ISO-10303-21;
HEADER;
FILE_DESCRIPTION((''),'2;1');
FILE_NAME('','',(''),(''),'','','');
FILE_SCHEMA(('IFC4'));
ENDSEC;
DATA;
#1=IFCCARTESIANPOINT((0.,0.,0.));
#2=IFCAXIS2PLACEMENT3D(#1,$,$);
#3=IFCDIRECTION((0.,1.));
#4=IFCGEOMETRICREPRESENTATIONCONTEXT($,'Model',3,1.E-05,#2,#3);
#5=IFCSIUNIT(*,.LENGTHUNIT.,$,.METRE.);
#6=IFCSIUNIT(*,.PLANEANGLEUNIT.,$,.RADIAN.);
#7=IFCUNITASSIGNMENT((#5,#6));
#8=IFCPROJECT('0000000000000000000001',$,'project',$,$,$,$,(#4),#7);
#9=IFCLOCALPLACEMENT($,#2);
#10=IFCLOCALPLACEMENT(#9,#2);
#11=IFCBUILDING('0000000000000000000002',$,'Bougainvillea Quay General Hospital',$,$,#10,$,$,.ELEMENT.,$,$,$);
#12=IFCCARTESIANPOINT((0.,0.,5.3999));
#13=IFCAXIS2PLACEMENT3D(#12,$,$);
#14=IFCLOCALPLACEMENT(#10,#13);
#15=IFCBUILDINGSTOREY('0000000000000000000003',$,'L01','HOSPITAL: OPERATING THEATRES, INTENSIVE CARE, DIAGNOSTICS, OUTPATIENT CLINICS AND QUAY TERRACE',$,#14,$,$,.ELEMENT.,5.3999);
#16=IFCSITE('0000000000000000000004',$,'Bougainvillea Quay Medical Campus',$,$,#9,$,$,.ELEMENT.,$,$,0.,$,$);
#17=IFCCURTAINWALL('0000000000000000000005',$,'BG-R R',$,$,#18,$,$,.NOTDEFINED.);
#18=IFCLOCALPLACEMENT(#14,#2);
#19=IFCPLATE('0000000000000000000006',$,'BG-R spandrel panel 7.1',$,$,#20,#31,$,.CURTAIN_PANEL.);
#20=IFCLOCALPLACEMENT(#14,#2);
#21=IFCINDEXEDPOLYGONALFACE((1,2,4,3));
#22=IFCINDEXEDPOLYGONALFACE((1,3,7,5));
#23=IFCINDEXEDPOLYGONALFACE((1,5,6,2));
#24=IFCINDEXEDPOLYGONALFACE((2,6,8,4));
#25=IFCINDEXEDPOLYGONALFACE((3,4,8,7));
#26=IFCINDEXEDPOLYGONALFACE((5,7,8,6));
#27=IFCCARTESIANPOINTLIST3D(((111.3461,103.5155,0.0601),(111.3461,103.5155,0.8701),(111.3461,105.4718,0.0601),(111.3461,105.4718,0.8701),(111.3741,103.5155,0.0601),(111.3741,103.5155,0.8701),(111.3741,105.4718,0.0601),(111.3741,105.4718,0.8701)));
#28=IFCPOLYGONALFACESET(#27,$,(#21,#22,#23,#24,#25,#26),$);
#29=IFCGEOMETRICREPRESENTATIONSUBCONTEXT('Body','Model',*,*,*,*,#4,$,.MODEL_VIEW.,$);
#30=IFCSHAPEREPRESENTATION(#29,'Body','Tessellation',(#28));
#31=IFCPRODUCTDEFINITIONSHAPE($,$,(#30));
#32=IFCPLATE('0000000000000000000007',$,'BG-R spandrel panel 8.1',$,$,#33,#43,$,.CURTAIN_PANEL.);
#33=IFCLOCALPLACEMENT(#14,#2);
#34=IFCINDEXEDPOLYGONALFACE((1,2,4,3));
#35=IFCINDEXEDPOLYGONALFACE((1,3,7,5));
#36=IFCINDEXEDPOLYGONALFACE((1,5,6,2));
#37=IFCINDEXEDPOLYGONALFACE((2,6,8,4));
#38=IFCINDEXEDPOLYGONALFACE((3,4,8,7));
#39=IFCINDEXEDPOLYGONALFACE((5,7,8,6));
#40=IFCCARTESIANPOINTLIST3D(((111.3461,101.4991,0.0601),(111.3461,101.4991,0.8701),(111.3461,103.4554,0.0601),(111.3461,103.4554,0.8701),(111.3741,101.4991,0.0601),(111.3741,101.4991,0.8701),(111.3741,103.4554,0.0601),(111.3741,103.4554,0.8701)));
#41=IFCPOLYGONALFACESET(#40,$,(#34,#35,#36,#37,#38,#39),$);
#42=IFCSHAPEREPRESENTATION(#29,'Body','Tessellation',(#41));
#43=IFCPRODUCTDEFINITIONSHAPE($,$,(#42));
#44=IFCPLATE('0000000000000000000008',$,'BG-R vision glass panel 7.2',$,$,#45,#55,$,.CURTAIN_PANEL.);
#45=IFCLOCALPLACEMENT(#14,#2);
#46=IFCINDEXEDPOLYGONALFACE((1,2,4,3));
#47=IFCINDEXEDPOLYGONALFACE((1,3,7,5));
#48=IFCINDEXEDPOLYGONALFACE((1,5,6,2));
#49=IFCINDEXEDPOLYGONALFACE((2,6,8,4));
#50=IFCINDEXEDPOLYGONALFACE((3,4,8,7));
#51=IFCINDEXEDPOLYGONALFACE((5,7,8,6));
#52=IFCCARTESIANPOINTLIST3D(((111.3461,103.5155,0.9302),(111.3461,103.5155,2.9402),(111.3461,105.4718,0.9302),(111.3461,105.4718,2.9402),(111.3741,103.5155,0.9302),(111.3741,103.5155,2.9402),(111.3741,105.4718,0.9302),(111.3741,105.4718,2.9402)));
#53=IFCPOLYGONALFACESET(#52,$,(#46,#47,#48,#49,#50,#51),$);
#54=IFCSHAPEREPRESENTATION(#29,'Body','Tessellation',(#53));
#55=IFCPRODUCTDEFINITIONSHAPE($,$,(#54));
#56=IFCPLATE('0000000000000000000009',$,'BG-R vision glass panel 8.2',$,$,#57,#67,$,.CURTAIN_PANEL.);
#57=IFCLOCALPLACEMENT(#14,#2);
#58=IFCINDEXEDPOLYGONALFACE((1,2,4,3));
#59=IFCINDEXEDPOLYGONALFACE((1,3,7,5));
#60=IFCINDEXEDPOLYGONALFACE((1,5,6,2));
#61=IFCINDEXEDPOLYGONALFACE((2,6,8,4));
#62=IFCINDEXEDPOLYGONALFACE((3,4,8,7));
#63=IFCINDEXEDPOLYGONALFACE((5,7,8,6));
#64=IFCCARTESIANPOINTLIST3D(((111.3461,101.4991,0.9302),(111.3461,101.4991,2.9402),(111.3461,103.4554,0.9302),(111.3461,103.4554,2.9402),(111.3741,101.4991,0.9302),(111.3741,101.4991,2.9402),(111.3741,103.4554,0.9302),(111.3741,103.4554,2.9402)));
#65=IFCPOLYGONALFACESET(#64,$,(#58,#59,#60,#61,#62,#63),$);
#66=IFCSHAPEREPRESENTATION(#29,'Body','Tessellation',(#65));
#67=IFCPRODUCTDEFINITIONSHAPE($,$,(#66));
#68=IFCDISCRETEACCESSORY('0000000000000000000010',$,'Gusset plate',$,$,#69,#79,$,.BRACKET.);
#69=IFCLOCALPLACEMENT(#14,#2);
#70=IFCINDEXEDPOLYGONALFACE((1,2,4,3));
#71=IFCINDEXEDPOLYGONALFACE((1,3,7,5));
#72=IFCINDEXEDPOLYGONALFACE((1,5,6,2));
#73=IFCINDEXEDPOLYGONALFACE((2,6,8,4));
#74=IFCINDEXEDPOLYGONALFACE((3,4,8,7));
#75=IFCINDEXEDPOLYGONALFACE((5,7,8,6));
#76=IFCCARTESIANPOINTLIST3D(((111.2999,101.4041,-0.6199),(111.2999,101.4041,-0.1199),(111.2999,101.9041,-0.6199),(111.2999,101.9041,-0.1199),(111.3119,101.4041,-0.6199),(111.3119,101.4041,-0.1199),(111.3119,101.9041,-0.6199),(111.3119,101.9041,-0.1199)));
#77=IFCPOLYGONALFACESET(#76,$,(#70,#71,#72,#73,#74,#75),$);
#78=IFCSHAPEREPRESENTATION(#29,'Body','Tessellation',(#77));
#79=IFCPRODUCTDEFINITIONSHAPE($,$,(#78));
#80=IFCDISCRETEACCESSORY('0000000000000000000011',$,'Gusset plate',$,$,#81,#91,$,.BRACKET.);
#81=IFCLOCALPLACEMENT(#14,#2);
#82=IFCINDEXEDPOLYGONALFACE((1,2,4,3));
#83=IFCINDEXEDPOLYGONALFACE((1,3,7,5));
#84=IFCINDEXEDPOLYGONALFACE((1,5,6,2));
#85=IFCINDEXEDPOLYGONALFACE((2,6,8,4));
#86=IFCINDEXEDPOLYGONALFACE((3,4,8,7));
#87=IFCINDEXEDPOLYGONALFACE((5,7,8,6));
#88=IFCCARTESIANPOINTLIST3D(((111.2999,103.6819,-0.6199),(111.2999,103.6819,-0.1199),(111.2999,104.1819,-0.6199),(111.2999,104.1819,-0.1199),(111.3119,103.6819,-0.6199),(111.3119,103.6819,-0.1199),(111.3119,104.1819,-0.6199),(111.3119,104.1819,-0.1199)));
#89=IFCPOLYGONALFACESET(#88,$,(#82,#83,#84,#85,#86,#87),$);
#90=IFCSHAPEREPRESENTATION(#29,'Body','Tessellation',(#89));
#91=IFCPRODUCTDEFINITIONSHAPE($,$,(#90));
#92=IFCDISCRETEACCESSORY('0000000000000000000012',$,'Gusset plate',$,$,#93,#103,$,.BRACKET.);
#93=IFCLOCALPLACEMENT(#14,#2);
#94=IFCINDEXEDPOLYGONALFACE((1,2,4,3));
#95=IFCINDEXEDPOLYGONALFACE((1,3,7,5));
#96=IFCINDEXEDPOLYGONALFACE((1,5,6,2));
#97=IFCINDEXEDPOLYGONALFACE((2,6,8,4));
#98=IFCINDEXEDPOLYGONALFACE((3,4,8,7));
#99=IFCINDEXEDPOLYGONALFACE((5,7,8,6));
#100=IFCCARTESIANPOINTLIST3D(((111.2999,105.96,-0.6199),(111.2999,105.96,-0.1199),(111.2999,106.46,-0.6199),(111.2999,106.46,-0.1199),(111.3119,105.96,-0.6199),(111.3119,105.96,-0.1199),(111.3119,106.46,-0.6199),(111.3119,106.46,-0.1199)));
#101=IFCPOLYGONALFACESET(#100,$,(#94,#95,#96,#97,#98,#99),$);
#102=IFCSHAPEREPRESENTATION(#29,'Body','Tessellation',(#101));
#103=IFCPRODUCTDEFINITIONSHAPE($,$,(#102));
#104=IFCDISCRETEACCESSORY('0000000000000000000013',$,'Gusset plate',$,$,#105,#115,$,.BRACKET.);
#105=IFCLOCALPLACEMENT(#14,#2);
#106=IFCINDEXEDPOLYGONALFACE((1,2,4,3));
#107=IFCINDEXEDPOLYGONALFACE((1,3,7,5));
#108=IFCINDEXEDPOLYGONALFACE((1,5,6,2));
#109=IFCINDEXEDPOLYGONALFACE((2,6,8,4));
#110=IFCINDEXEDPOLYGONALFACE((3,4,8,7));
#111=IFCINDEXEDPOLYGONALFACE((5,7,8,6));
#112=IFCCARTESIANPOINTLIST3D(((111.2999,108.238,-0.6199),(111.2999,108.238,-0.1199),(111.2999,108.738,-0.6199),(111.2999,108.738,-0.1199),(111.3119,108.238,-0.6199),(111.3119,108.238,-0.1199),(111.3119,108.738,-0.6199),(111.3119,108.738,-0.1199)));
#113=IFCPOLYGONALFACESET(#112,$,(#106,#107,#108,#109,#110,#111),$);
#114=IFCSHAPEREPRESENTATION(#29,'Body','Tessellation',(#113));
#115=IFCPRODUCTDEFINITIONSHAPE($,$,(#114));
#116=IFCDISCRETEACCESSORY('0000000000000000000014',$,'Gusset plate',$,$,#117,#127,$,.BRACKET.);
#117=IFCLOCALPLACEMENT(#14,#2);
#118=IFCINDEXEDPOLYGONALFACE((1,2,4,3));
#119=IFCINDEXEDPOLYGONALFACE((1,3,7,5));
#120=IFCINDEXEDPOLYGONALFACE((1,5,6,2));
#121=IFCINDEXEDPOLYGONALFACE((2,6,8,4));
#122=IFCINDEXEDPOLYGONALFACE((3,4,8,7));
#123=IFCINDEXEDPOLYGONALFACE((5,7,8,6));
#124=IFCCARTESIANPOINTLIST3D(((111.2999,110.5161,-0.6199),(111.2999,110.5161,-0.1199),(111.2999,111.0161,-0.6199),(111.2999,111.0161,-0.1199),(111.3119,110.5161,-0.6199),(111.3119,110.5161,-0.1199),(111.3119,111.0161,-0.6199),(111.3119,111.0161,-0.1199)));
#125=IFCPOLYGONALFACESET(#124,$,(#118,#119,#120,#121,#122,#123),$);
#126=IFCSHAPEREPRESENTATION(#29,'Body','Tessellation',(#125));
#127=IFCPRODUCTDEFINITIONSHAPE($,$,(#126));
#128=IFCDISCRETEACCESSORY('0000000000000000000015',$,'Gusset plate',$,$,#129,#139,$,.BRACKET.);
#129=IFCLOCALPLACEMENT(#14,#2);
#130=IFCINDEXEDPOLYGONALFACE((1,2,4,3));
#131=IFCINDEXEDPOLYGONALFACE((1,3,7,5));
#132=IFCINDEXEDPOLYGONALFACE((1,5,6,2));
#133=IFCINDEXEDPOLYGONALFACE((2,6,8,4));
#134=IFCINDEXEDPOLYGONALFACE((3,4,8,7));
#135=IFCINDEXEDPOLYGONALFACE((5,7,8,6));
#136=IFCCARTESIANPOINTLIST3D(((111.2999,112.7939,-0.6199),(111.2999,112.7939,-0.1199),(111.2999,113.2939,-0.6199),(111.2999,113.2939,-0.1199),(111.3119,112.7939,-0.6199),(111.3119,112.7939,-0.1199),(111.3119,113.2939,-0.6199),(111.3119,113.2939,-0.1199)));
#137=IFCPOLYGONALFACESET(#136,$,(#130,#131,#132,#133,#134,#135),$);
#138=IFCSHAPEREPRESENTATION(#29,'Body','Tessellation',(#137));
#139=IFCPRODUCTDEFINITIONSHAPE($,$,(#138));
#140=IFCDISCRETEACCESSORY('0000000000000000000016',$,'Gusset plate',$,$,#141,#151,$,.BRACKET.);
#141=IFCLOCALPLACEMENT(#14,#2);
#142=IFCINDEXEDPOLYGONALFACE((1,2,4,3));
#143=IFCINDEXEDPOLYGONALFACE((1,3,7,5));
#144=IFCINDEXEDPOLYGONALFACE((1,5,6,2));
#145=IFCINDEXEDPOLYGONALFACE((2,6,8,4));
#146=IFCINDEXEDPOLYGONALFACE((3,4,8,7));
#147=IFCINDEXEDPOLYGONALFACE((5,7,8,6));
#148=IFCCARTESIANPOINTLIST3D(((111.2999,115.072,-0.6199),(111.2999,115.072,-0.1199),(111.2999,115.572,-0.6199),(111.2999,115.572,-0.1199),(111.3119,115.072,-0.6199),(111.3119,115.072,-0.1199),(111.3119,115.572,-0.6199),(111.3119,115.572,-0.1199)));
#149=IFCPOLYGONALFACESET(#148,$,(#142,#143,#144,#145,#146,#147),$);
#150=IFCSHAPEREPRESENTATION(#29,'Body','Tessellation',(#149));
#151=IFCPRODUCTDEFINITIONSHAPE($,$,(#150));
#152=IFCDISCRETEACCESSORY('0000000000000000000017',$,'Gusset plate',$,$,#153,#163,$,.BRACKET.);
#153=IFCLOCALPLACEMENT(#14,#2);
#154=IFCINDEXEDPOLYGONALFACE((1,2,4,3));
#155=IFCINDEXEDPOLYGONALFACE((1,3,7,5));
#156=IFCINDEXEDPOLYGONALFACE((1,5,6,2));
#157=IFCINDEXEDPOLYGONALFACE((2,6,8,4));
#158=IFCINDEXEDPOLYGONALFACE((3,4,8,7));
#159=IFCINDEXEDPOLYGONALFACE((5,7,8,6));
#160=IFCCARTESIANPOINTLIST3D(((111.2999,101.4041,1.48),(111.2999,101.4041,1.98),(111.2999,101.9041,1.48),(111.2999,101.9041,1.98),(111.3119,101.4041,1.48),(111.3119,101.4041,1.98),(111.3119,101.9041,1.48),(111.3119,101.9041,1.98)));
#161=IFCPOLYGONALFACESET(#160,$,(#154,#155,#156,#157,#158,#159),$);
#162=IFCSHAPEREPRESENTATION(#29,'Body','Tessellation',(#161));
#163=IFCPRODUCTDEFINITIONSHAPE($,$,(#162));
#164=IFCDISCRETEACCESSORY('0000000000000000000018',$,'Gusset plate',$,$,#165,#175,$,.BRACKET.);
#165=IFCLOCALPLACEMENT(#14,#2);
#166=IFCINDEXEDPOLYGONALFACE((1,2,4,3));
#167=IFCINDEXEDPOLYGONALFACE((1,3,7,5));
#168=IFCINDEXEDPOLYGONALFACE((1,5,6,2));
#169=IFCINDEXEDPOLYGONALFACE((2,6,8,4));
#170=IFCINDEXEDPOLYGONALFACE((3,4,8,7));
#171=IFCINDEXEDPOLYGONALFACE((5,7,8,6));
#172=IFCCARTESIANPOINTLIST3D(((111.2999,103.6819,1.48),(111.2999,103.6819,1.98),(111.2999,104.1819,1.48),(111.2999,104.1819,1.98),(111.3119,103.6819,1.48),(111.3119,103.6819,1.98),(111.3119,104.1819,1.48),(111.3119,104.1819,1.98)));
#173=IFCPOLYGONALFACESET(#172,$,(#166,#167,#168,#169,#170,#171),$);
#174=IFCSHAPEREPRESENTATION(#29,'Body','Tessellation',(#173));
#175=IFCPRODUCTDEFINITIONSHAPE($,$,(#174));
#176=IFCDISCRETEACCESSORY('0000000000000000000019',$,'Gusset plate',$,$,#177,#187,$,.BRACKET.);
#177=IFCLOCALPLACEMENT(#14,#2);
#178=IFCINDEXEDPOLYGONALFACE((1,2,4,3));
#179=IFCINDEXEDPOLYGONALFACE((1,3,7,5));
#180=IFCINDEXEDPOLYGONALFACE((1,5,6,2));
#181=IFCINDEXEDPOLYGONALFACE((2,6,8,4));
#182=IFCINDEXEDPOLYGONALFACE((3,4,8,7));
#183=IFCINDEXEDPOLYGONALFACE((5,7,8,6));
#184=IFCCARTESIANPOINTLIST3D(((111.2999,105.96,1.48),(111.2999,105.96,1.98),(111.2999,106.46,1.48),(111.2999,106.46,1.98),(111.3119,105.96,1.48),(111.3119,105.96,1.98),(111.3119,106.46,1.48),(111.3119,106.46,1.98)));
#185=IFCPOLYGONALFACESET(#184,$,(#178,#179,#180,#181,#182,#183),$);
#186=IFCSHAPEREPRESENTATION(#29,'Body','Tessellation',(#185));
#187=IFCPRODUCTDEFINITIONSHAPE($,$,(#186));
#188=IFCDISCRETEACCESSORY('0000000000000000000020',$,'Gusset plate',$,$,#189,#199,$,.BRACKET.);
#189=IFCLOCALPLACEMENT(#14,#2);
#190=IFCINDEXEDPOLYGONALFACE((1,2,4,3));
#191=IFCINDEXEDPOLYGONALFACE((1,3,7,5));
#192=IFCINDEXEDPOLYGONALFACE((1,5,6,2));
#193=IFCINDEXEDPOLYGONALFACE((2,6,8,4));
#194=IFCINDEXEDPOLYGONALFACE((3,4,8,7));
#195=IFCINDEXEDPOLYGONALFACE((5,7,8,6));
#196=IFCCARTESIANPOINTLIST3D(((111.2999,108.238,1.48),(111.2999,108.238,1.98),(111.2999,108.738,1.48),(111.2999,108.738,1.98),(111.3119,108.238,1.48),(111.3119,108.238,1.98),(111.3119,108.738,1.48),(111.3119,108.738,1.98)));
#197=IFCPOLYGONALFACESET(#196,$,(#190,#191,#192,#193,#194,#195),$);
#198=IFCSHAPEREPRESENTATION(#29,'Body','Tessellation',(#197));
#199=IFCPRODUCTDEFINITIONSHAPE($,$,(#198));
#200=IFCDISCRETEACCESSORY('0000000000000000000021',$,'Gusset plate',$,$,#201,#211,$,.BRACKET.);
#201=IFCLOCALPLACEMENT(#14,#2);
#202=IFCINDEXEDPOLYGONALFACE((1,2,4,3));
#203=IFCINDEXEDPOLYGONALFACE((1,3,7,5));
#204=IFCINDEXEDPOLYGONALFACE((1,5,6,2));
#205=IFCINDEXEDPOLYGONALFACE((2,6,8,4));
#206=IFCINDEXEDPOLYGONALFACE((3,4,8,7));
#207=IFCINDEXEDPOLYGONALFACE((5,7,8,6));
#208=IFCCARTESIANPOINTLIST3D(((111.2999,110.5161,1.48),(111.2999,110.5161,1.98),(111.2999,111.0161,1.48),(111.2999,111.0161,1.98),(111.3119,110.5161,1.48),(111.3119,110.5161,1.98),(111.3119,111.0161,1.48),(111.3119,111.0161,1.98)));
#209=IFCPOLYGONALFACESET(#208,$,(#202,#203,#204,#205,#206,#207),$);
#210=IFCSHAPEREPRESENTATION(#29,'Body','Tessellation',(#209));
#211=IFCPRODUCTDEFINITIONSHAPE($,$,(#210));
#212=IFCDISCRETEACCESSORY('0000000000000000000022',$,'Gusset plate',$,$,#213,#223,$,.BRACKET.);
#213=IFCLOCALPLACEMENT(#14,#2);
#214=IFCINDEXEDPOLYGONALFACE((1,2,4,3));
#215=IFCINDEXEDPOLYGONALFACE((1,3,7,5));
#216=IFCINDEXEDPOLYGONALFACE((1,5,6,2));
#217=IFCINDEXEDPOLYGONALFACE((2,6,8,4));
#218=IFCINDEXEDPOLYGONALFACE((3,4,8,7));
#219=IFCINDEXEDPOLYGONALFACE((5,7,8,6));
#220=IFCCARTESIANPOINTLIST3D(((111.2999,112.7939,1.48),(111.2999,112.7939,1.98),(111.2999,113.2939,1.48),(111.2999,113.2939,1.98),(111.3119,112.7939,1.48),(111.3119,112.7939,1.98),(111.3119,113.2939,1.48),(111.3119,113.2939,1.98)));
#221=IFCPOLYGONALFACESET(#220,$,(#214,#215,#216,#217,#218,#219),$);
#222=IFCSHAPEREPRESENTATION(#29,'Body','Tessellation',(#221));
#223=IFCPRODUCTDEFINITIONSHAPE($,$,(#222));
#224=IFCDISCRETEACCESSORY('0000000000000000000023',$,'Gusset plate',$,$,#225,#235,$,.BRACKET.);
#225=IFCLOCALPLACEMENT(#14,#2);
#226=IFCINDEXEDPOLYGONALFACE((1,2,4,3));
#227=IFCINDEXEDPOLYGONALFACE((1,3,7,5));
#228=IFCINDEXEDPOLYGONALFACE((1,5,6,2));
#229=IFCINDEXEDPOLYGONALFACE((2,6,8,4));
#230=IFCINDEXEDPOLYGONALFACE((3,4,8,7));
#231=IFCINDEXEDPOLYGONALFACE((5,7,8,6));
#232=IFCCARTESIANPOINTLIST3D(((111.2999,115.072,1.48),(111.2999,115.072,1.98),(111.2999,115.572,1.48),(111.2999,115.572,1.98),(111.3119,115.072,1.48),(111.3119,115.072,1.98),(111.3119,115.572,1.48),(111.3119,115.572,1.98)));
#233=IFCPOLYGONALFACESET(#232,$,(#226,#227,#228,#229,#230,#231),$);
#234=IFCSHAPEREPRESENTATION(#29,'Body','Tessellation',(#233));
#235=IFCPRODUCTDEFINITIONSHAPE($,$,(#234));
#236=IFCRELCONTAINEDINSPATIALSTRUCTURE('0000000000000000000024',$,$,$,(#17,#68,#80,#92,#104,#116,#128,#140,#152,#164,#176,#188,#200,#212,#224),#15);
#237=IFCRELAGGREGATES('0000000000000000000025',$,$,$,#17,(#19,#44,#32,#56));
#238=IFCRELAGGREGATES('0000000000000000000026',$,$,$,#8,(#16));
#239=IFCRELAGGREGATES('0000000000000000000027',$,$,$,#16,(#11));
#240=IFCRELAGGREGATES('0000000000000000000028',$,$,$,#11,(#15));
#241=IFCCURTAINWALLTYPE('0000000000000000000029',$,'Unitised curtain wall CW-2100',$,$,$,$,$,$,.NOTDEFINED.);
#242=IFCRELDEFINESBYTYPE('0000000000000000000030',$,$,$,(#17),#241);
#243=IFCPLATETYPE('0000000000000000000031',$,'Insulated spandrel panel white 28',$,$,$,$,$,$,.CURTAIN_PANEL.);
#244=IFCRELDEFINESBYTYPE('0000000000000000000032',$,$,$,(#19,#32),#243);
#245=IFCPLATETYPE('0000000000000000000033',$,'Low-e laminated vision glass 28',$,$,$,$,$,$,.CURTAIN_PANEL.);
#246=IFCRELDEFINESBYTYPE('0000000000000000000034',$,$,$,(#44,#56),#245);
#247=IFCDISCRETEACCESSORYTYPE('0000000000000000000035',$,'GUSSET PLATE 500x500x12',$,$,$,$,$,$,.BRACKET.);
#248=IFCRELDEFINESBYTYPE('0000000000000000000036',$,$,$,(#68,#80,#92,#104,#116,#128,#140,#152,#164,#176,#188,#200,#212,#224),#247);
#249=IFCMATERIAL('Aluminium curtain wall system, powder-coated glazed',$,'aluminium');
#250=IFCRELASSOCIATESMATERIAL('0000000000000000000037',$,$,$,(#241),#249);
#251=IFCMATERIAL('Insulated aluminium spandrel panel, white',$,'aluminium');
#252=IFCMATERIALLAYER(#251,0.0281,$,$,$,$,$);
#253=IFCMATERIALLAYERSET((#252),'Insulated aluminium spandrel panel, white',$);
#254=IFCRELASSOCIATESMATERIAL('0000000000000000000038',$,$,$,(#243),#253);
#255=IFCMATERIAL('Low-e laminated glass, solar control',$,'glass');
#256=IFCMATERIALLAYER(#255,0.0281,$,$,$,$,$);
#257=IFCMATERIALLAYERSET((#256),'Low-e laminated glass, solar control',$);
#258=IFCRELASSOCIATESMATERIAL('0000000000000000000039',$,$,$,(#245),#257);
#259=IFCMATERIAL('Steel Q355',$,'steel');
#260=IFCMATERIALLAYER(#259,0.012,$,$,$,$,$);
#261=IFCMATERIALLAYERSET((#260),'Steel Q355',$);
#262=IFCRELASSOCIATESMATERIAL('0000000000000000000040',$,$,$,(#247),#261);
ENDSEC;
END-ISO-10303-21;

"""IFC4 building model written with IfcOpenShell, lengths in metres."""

from ifc_helpers import new_model, si_unit, direction, frame, origin, origin_2d, place, context, subcontext, project, spatial, rectangle, extrude, material, layer, layer_set, type_object, element, aggregate, save


model = new_model("IFC4")

# Units and contexts
model_context = context("Model", 3, precision=1e-05, world=origin(), true_north=direction((0.0, 1.0)))
body_context = subcontext(model_context, "Body", "Model", "MODEL_VIEW")
ifc_project = project(units=[si_unit("LENGTHUNIT", "METRE"), si_unit("PLANEANGLEUNIT", "RADIAN")], contexts=[model_context])

# Site, building, storey
site_placement = place(None, origin())
site = spatial("IfcSite", under=ifc_project, at=site_placement, Name="Bougainvillea Quay Medical Campus", CompositionType="ELEMENT", RefElevation=0.0)
building_placement = place(site_placement, origin())
building = spatial("IfcBuilding", under=site, at=building_placement, Name="Bougainvillea Quay General Hospital", CompositionType="ELEMENT")
storey_placement = place(building_placement, frame((0.0, 0.0, 5.3999)))
storey = spatial("IfcBuildingStorey", under=building, at=storey_placement, Name="L01", Description="HOSPITAL: OPERATING THEATRES, INTENSIVE CARE, DIAGNOSTICS, OUTPATIENT CLINICS AND QUAY TERRACE", CompositionType="ELEMENT", Elevation=5.3999)

# Curtain wall
ifc_material_1 = material(Name="Aluminium curtain wall system, powder-coated glazed", Category="aluminium")
curtain_wall_type = type_object("IfcCurtainWallType", Name="Unitised curtain wall CW-2100", PredefinedType="NOTDEFINED", material=ifc_material_1)
curtain_wall_placement = place(storey_placement, origin())
curtain_wall = element("IfcCurtainWall", 1, at=curtain_wall_placement, inside=storey, type_object=curtain_wall_type, Name="BG-R R", PredefinedType="NOTDEFINED")

# Shared definitions
ifc_material_2 = material(Name="Steel Q355", Category="steel")

# Plates
ifc_material_3 = material(Name="Insulated aluminium spandrel panel, white", Category="aluminium")
ifc_layer_1 = layer(ifc_material_3, 0.0281)
ifc_layer_set_1 = layer_set([ifc_layer_1], Name="Insulated aluminium spandrel panel, white")
plate_type_1 = type_object("IfcPlateType", Name="Insulated spandrel panel white 28", PredefinedType="CURTAIN_PANEL", material=ifc_layer_set_1)
plate_1_placement = place(storey_placement, frame((111.3601, 104.4937, 0.0601), z_axis=(0.0, 0.0, 1.0), x_axis=(0.0, -1.0, 0.0)))
plate_1 = element("IfcPlate", 2, at=plate_1_placement, type_object=plate_type_1, Name="BG-R spandrel panel 7.1", PredefinedType="CURTAIN_PANEL", context=body_context, shape_type="SweptSolid", body=[
    extrude(rectangle(XDim=1.9563, YDim=0.0281, at=origin_2d()), origin(), (0.0, 0.0, 1.0), 0.8101),
])
plate_2_placement = place(storey_placement, frame((111.3601, 102.4773, 0.0601), z_axis=(0.0, 0.0, 1.0), x_axis=(0.0, -1.0, 0.0)))
plate_2 = element("IfcPlate", 3, at=plate_2_placement, type_object=plate_type_1, Name="BG-R spandrel panel 8.1", PredefinedType="CURTAIN_PANEL", context=body_context, shape_type="SweptSolid", body=[
    extrude(rectangle(XDim=1.9563, YDim=0.0281, at=origin_2d()), origin(), (0.0, 0.0, 1.0), 0.8101),
])
ifc_material_4 = material(Name="Low-e laminated glass, solar control", Category="glass")
ifc_layer_2 = layer(ifc_material_4, 0.0281)
ifc_layer_set_2 = layer_set([ifc_layer_2], Name="Low-e laminated glass, solar control")
plate_type_2 = type_object("IfcPlateType", Name="Low-e laminated vision glass 28", PredefinedType="CURTAIN_PANEL", material=ifc_layer_set_2)
plate_3_placement = place(storey_placement, frame((111.3601, 104.4937, 0.9302), z_axis=(0.0, 0.0, 1.0), x_axis=(0.0, -1.0, 0.0)))
plate_3 = element("IfcPlate", 4, at=plate_3_placement, type_object=plate_type_2, Name="BG-R vision glass panel 7.2", PredefinedType="CURTAIN_PANEL", context=body_context, shape_type="SweptSolid", body=[
    extrude(rectangle(XDim=1.9563, YDim=0.0281, at=origin_2d()), origin(), (0.0, 0.0, 1.0), 2.01),
])
plate_4_placement = place(storey_placement, frame((111.3601, 102.4773, 0.9302), z_axis=(0.0, 0.0, 1.0), x_axis=(0.0, -1.0, 0.0)))
plate_4 = element("IfcPlate", 5, at=plate_4_placement, type_object=plate_type_2, Name="BG-R vision glass panel 8.2", PredefinedType="CURTAIN_PANEL", context=body_context, shape_type="SweptSolid", body=[
    extrude(rectangle(XDim=1.9563, YDim=0.0281, at=origin_2d()), origin(), (0.0, 0.0, 1.0), 2.01),
])
aggregate(curtain_wall, [plate_1, plate_3, plate_2, plate_4])

# Discrete accessories
ifc_layer_3 = layer(ifc_material_2, 0.012)
ifc_layer_set_3 = layer_set([ifc_layer_3], Name="Steel Q355")
discrete_accessory_type_1 = type_object("IfcDiscreteAccessoryType", Name="GUSSET PLATE 500x500x12", PredefinedType="BRACKET", material=ifc_layer_set_3)
for number, where, z_axis, x_axis, name in (
    (6, (111.3059, 101.6541, -0.6199), (0.0, 0.0, 1.0), (0.0, 1.0, 0.0), "Gusset plate"),
    (7, (111.3059, 103.9319, -0.6199), (0.0, 0.0, 1.0), (0.0, 1.0, 0.0), "Gusset plate"),
    (8, (111.3059, 106.21, -0.6199), (0.0, 0.0, 1.0), (0.0, 1.0, 0.0), "Gusset plate"),
    (9, (111.3059, 108.488, -0.6199), (0.0, 0.0, 1.0), (0.0, 1.0, 0.0), "Gusset plate"),
    (10, (111.3059, 110.7661, -0.6199), (0.0, 0.0, 1.0), (0.0, 1.0, 0.0), "Gusset plate"),
    (11, (111.3059, 113.0439, -0.6199), (0.0, 0.0, 1.0), (0.0, 1.0, 0.0), "Gusset plate"),
    (12, (111.3059, 115.322, -0.6199), (0.0, 0.0, 1.0), (0.0, 1.0, 0.0), "Gusset plate"),
    (13, (111.3059, 101.6541, 1.48), (0.0, 0.0, 1.0), (0.0, 1.0, 0.0), "Gusset plate"),
    (14, (111.3059, 103.9319, 1.48), (0.0, 0.0, 1.0), (0.0, 1.0, 0.0), "Gusset plate"),
    (15, (111.3059, 106.21, 1.48), (0.0, 0.0, 1.0), (0.0, 1.0, 0.0), "Gusset plate"),
    (16, (111.3059, 108.488, 1.48), (0.0, 0.0, 1.0), (0.0, 1.0, 0.0), "Gusset plate"),
    (17, (111.3059, 110.7661, 1.48), (0.0, 0.0, 1.0), (0.0, 1.0, 0.0), "Gusset plate"),
    (18, (111.3059, 113.0439, 1.48), (0.0, 0.0, 1.0), (0.0, 1.0, 0.0), "Gusset plate"),
    (19, (111.3059, 115.322, 1.48), (0.0, 0.0, 1.0), (0.0, 1.0, 0.0), "Gusset plate"),
):
    element("IfcDiscreteAccessory", number, at=place(storey_placement, frame(where, z_axis=z_axis, x_axis=x_axis)), inside=storey, type_object=discrete_accessory_type_1, Name=name, PredefinedType="BRACKET", context=body_context, shape_type="SweptSolid", body=[
        extrude(rectangle(XDim=0.5, YDim=0.012, at=origin_2d()), origin(), (0.0, 0.0, 1.0), 0.5),
    ])

save(model, "model.ifc")
